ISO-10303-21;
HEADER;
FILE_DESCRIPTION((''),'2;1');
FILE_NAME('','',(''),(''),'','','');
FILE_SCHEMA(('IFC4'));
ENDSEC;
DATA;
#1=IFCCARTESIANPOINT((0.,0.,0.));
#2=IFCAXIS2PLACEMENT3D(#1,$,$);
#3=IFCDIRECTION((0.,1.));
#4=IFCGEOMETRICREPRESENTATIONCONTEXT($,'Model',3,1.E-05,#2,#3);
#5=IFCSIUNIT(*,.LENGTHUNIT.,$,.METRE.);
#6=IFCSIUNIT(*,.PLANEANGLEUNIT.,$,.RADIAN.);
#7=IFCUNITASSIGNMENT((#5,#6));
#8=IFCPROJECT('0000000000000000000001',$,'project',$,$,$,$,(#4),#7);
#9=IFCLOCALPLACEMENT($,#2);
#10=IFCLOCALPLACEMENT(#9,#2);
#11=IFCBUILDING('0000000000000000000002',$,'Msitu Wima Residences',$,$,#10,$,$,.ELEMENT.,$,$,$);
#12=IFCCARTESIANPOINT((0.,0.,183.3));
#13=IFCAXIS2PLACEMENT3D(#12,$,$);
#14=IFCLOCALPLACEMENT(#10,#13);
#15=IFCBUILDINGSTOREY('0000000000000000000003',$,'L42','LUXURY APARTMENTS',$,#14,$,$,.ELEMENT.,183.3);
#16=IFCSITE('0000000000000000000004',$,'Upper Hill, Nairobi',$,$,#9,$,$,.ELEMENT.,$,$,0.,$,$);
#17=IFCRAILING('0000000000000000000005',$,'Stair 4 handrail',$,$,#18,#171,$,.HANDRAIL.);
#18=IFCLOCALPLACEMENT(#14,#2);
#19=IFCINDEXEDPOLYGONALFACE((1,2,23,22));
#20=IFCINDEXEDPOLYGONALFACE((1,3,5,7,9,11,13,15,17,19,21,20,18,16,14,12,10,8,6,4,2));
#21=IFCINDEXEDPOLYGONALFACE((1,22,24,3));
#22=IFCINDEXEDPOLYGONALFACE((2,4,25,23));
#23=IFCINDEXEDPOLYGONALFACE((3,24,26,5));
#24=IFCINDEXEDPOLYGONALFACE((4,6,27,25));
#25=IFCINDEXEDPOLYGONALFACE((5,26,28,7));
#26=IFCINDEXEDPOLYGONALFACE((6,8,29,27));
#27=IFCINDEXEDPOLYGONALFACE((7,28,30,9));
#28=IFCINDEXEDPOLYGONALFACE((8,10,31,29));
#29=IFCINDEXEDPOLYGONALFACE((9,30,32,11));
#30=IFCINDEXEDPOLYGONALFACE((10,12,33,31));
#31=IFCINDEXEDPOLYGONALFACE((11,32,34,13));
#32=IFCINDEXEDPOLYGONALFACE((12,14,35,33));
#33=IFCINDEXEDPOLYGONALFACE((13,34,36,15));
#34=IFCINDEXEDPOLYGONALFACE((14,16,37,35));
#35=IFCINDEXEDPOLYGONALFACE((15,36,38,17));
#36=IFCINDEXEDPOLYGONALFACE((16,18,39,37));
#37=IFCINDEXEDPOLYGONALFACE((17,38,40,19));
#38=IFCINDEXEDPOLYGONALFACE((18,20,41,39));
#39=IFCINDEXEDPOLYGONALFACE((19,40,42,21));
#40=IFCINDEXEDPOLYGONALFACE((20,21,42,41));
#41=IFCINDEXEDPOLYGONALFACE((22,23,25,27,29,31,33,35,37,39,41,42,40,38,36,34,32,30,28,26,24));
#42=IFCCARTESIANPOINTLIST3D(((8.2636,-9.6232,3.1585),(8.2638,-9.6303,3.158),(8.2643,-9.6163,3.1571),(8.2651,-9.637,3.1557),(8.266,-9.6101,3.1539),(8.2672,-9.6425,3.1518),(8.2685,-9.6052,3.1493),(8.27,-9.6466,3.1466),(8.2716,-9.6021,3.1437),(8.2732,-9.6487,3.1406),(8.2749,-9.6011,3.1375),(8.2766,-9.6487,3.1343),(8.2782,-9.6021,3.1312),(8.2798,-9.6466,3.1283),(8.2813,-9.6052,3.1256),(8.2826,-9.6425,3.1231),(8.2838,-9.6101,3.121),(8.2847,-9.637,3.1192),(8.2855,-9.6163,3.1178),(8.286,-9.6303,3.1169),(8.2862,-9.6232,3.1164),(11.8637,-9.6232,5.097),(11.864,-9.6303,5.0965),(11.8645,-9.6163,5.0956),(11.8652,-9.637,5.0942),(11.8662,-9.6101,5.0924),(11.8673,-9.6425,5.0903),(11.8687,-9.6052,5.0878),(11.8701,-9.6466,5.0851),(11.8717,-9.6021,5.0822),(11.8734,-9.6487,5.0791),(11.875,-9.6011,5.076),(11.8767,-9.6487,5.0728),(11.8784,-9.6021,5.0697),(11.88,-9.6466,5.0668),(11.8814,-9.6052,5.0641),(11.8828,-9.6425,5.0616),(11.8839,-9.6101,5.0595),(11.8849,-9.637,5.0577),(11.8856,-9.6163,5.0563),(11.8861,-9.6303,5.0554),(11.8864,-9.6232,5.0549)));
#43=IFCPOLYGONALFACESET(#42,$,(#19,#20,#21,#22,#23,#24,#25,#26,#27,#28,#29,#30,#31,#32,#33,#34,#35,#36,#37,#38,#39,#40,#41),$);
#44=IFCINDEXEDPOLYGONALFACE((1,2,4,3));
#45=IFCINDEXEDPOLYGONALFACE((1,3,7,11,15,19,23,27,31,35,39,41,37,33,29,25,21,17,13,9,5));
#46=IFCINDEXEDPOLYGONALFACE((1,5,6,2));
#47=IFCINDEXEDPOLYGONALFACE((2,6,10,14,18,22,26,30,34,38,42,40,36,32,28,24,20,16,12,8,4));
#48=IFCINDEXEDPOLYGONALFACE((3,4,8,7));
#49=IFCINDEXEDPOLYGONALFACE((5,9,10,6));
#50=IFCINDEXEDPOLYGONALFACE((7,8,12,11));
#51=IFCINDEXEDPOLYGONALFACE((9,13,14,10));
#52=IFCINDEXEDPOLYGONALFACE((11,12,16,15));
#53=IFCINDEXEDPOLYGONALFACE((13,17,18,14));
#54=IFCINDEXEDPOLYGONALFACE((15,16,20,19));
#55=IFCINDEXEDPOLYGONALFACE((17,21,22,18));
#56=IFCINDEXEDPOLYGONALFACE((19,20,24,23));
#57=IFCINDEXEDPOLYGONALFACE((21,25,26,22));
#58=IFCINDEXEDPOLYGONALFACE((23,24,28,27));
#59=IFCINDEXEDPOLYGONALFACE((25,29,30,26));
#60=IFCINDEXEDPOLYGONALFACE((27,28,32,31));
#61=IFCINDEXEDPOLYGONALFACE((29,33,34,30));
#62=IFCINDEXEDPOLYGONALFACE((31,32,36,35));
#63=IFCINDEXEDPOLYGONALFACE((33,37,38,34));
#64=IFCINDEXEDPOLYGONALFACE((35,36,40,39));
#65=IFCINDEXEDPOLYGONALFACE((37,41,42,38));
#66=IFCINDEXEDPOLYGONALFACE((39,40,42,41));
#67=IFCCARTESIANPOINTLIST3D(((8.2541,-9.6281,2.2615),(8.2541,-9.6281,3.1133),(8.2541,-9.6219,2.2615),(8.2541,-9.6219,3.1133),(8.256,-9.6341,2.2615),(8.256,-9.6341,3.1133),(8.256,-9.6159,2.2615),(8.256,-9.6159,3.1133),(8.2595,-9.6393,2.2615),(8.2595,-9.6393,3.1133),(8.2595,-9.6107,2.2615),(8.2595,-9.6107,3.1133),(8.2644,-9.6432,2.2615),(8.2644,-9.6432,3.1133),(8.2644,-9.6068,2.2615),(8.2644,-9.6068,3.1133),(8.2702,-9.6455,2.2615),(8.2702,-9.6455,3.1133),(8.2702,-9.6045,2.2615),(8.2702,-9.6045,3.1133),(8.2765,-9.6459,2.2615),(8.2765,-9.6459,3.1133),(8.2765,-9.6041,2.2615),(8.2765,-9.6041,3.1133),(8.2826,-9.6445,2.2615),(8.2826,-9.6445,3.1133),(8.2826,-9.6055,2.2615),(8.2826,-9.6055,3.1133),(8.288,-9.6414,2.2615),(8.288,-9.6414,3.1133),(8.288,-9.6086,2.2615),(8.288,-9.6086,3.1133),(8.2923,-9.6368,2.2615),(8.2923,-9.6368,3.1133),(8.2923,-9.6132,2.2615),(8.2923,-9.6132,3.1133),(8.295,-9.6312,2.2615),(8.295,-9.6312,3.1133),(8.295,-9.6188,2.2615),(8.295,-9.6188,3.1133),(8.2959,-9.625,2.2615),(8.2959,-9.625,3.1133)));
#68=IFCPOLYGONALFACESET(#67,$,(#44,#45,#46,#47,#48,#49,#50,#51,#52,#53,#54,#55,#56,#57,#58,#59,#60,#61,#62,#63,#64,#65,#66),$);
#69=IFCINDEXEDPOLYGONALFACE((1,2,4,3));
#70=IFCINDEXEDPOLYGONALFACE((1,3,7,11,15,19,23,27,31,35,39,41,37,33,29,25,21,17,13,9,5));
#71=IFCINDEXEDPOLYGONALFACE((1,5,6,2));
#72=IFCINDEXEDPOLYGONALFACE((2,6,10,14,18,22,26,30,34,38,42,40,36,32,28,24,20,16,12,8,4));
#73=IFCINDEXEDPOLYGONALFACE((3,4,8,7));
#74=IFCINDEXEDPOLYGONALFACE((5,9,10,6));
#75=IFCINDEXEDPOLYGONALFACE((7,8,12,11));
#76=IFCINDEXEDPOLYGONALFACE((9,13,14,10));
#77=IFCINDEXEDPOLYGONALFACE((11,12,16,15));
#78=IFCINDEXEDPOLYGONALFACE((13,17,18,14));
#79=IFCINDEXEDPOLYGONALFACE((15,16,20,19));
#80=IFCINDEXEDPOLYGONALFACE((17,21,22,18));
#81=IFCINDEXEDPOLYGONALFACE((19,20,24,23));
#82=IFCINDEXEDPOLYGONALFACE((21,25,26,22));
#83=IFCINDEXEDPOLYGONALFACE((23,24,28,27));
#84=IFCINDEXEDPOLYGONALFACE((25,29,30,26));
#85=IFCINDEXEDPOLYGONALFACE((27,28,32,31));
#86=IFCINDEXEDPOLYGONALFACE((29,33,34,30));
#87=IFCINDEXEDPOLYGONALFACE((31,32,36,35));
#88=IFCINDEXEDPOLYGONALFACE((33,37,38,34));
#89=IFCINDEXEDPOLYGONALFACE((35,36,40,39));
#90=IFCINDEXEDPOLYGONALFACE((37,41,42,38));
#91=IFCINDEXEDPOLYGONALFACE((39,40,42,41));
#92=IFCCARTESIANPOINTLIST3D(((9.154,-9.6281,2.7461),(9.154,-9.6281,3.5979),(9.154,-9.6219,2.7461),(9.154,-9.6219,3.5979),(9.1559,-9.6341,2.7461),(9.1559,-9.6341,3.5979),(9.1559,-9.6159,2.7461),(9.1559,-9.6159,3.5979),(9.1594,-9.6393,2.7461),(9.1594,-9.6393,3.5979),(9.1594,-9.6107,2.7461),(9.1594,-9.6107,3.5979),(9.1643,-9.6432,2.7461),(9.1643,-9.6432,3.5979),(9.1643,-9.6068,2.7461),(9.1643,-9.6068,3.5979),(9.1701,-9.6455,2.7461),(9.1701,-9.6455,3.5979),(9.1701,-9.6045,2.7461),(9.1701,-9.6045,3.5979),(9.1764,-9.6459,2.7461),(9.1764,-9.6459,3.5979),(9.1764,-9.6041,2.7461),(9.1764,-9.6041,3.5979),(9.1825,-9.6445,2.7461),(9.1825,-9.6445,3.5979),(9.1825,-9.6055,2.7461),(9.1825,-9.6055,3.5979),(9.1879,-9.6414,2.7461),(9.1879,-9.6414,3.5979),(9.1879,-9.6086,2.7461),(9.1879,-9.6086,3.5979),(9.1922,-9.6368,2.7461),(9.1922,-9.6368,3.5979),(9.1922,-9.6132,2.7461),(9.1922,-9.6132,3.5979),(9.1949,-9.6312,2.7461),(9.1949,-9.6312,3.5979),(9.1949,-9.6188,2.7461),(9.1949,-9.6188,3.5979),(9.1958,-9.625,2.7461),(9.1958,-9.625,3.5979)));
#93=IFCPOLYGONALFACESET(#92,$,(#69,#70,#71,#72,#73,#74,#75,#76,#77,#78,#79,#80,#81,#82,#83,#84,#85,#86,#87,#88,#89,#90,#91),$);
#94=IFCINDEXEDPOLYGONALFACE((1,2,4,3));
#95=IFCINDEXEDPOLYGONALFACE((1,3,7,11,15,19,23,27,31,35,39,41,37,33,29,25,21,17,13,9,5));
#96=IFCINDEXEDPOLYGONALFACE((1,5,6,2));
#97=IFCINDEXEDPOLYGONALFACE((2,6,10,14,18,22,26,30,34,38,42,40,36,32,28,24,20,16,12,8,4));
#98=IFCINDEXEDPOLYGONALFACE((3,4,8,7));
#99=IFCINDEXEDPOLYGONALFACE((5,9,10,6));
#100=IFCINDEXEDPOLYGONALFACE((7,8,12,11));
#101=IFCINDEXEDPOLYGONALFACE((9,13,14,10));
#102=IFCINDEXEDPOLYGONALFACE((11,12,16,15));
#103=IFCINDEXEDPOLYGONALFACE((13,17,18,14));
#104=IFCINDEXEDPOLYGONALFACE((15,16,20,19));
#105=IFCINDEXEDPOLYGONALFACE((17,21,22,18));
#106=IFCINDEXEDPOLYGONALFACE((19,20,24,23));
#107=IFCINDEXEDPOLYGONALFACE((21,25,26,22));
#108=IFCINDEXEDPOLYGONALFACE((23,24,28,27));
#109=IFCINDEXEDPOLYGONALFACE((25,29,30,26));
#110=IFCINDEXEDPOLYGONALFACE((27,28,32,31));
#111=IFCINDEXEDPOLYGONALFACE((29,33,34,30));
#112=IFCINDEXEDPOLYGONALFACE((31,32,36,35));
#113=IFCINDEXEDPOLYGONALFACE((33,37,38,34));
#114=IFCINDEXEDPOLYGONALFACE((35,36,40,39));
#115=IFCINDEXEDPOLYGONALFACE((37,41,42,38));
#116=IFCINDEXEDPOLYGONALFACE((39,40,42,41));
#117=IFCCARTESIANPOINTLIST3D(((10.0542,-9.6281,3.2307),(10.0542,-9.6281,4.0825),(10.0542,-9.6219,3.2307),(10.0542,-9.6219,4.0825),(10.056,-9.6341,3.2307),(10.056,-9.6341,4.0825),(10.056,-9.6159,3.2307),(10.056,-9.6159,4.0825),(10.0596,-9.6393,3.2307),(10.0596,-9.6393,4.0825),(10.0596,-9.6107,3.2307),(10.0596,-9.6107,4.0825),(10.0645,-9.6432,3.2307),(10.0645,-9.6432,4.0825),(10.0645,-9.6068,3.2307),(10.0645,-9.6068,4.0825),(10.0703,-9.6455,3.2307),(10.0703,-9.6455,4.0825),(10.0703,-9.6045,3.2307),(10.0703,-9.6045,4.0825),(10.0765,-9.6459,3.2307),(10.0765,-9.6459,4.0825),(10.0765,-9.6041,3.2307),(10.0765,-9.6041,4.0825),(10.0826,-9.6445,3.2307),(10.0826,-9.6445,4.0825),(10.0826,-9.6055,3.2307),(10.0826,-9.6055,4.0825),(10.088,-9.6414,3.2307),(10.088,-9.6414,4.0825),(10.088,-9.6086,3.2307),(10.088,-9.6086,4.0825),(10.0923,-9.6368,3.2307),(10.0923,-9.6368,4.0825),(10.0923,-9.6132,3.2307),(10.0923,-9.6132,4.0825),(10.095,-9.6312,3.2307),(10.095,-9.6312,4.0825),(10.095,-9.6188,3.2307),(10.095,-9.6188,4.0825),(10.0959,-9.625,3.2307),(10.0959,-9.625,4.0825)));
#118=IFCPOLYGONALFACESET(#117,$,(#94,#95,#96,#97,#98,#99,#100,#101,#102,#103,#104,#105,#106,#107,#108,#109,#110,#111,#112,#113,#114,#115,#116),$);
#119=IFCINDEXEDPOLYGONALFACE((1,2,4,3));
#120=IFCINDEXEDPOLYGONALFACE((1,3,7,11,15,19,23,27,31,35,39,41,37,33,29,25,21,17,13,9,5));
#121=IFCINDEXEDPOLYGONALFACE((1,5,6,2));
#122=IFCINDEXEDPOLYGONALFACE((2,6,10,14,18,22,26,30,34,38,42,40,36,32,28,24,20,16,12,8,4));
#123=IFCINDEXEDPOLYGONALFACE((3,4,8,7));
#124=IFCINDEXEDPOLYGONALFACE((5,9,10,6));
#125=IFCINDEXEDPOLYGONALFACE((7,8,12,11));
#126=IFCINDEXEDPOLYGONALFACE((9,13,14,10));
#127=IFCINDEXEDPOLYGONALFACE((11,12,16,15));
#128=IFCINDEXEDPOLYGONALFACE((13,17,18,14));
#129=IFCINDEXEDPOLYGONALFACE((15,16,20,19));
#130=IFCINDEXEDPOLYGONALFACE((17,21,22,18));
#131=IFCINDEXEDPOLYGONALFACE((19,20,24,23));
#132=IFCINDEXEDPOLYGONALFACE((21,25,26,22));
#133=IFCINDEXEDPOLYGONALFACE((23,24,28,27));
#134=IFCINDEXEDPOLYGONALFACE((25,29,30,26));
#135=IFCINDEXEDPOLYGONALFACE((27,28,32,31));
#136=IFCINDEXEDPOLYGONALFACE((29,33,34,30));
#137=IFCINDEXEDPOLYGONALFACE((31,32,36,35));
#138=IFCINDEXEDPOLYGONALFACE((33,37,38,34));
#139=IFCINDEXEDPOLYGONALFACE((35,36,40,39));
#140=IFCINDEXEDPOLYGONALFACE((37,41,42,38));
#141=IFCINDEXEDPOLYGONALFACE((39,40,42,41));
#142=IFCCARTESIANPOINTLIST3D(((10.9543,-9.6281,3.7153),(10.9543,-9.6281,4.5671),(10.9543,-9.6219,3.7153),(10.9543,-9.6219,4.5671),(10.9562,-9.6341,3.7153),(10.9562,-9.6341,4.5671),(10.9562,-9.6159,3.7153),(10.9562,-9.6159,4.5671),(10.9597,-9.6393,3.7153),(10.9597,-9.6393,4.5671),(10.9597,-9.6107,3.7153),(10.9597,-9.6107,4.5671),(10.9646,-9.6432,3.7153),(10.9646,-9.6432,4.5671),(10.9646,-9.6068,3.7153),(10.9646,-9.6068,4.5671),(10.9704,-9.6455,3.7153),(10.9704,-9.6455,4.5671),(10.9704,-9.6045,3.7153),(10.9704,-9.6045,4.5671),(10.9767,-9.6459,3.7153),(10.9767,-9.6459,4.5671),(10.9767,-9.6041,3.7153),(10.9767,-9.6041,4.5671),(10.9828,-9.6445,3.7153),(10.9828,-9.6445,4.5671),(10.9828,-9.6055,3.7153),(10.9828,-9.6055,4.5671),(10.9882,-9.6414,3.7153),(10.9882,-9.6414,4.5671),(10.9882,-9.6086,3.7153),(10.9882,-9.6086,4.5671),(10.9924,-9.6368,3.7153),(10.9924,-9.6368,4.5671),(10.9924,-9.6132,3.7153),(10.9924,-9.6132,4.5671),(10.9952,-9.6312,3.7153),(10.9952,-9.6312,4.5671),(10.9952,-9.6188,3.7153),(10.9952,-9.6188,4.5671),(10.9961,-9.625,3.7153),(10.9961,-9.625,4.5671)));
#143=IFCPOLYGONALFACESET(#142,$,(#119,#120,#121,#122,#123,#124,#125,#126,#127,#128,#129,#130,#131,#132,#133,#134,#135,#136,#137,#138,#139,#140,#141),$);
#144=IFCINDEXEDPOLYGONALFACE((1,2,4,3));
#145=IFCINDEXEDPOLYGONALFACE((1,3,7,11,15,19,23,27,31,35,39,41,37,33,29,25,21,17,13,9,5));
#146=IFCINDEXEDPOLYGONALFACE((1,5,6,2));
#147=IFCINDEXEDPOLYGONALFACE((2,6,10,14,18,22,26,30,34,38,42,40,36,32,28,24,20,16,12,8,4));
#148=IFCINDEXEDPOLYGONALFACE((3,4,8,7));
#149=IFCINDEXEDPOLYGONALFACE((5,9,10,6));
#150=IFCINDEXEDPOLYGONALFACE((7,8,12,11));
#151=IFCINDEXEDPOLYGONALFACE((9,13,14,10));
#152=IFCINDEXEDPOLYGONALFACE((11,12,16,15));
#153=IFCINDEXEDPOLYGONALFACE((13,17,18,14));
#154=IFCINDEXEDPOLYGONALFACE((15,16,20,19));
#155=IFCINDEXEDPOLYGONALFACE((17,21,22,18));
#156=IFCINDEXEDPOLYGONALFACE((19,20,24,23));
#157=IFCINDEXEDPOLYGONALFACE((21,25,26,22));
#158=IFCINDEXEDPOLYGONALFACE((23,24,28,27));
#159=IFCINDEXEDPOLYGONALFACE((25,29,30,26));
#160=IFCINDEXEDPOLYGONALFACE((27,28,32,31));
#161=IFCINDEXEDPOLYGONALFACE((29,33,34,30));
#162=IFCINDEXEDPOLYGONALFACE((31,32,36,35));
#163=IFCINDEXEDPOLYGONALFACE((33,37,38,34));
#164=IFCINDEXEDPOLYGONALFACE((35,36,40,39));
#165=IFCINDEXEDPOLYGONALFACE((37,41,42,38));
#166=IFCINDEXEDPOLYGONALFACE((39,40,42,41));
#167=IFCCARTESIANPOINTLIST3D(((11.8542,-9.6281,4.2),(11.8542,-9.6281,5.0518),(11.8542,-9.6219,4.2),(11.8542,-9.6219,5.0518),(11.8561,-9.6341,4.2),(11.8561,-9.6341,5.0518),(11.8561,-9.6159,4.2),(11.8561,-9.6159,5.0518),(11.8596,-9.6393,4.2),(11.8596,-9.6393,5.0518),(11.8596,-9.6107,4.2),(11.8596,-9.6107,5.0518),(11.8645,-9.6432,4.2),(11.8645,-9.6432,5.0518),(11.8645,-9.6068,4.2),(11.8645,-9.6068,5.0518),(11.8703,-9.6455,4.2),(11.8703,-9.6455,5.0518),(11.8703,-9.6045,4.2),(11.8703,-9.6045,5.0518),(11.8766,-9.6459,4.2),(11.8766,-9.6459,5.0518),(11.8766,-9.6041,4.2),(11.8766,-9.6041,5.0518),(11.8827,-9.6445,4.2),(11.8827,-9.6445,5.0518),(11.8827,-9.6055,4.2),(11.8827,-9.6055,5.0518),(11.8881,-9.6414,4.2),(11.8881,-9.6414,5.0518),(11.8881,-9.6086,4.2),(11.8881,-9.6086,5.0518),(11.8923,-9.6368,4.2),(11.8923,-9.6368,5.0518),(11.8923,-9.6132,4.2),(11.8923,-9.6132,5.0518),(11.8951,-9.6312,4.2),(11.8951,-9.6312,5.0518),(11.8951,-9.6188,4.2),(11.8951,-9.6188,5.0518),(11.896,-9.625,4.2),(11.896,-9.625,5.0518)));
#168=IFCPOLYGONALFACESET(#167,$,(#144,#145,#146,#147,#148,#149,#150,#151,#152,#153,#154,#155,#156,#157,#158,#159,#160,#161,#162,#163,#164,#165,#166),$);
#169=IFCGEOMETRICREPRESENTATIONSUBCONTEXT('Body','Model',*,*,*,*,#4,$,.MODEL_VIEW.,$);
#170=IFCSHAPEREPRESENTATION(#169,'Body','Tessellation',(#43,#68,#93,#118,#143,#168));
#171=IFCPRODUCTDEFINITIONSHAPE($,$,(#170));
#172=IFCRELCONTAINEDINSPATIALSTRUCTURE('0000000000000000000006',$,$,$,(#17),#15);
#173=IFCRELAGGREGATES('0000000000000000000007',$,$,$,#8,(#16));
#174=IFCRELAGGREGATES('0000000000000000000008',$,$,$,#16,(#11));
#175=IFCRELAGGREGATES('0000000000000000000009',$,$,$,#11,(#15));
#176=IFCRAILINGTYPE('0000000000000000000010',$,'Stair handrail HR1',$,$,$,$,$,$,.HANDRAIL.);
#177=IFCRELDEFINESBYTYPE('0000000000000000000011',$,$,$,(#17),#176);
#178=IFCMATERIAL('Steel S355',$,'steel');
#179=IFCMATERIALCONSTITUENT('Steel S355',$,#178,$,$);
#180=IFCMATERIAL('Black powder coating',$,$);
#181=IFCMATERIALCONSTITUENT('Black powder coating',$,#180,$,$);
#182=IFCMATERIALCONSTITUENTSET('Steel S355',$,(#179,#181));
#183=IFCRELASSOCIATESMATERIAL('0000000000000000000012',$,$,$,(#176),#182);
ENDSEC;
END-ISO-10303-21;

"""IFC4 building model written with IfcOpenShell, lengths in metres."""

from ifc_helpers import new_model, si_unit, direction, frame, origin, origin_2d, place, context, subcontext, project, spatial, circle, extrude, material, constituent, constituent_set, type_object, element, save


model = new_model("IFC4")

# Units and contexts
model_context = context("Model", 3, precision=1e-05, world=origin(), true_north=direction((0.0, 1.0)))
body_context = subcontext(model_context, "Body", "Model", "MODEL_VIEW")
ifc_project = project(units=[si_unit("LENGTHUNIT", "METRE"), si_unit("PLANEANGLEUNIT", "RADIAN")], contexts=[model_context])

# Site, building, storey
site_placement = place(None, origin())
site = spatial("IfcSite", under=ifc_project, at=site_placement, Name="Upper Hill, Nairobi", CompositionType="ELEMENT", RefElevation=0.0)
building_placement = place(site_placement, origin())
building = spatial("IfcBuilding", under=site, at=building_placement, Name="Msitu Wima Residences", CompositionType="ELEMENT")
storey_placement = place(building_placement, frame((0.0, 0.0, 183.3)))
storey = spatial("IfcBuildingStorey", under=building, at=storey_placement, Name="L42", Description="LUXURY APARTMENTS", CompositionType="ELEMENT", Elevation=183.3)

# Railing
ifc_material_1 = material(Name="Steel S355", Category="steel")
ifc_constituent_1 = constituent(ifc_material_1, Name="Steel S355")
ifc_material_2 = material(Name="Black powder coating")
ifc_constituent_2 = constituent(ifc_material_2, Name="Black powder coating")
ifc_constituent_set = constituent_set(constituents=[ifc_constituent_1, ifc_constituent_2], Name="Steel S355")
railing_type = type_object("IfcRailingType", Name="Stair handrail HR1", PredefinedType="HANDRAIL", material=ifc_constituent_set)
for number, where, name in (
    (1, (8.2749, -9.625, 2.2615), "Stair 4 handrail"),
):
    element("IfcRailing", number, at=place(storey_placement, frame(where)), inside=storey, type_object=railing_type, Name=name, PredefinedType="HANDRAIL", context=body_context, shape_type="SweptSolid", body=[
        extrude(circle(Radius=0.0239, at=origin_2d()), frame((0.0, 0.0, 0.876), z_axis=(0.880475, 0.0, 0.474093), x_axis=(0.0, 1.0, 0.0)), (0.0, 0.0, 1.0), 4.0889),
        extrude(circle(Radius=0.021, at=origin_2d()), origin(), (0.0, 0.0, 1.0), 0.8518),
        extrude(circle(Radius=0.021, at=origin_2d()), frame((0.8999, 0.0, 0.4846)), (0.0, 0.0, 1.0), 0.8518),
        extrude(circle(Radius=0.021, at=origin_2d()), frame((1.8, 0.0, 0.9692)), (0.0, 0.0, 1.0), 0.8518),
        extrude(circle(Radius=0.021, at=origin_2d()), frame((2.7002, 0.0, 1.4539)), (0.0, 0.0, 1.0), 0.8518),
        extrude(circle(Radius=0.021, at=origin_2d()), frame((3.6001, 0.0, 1.9385)), (0.0, 0.0, 1.0), 0.8518),
    ])

save(model, "model.ifc")
